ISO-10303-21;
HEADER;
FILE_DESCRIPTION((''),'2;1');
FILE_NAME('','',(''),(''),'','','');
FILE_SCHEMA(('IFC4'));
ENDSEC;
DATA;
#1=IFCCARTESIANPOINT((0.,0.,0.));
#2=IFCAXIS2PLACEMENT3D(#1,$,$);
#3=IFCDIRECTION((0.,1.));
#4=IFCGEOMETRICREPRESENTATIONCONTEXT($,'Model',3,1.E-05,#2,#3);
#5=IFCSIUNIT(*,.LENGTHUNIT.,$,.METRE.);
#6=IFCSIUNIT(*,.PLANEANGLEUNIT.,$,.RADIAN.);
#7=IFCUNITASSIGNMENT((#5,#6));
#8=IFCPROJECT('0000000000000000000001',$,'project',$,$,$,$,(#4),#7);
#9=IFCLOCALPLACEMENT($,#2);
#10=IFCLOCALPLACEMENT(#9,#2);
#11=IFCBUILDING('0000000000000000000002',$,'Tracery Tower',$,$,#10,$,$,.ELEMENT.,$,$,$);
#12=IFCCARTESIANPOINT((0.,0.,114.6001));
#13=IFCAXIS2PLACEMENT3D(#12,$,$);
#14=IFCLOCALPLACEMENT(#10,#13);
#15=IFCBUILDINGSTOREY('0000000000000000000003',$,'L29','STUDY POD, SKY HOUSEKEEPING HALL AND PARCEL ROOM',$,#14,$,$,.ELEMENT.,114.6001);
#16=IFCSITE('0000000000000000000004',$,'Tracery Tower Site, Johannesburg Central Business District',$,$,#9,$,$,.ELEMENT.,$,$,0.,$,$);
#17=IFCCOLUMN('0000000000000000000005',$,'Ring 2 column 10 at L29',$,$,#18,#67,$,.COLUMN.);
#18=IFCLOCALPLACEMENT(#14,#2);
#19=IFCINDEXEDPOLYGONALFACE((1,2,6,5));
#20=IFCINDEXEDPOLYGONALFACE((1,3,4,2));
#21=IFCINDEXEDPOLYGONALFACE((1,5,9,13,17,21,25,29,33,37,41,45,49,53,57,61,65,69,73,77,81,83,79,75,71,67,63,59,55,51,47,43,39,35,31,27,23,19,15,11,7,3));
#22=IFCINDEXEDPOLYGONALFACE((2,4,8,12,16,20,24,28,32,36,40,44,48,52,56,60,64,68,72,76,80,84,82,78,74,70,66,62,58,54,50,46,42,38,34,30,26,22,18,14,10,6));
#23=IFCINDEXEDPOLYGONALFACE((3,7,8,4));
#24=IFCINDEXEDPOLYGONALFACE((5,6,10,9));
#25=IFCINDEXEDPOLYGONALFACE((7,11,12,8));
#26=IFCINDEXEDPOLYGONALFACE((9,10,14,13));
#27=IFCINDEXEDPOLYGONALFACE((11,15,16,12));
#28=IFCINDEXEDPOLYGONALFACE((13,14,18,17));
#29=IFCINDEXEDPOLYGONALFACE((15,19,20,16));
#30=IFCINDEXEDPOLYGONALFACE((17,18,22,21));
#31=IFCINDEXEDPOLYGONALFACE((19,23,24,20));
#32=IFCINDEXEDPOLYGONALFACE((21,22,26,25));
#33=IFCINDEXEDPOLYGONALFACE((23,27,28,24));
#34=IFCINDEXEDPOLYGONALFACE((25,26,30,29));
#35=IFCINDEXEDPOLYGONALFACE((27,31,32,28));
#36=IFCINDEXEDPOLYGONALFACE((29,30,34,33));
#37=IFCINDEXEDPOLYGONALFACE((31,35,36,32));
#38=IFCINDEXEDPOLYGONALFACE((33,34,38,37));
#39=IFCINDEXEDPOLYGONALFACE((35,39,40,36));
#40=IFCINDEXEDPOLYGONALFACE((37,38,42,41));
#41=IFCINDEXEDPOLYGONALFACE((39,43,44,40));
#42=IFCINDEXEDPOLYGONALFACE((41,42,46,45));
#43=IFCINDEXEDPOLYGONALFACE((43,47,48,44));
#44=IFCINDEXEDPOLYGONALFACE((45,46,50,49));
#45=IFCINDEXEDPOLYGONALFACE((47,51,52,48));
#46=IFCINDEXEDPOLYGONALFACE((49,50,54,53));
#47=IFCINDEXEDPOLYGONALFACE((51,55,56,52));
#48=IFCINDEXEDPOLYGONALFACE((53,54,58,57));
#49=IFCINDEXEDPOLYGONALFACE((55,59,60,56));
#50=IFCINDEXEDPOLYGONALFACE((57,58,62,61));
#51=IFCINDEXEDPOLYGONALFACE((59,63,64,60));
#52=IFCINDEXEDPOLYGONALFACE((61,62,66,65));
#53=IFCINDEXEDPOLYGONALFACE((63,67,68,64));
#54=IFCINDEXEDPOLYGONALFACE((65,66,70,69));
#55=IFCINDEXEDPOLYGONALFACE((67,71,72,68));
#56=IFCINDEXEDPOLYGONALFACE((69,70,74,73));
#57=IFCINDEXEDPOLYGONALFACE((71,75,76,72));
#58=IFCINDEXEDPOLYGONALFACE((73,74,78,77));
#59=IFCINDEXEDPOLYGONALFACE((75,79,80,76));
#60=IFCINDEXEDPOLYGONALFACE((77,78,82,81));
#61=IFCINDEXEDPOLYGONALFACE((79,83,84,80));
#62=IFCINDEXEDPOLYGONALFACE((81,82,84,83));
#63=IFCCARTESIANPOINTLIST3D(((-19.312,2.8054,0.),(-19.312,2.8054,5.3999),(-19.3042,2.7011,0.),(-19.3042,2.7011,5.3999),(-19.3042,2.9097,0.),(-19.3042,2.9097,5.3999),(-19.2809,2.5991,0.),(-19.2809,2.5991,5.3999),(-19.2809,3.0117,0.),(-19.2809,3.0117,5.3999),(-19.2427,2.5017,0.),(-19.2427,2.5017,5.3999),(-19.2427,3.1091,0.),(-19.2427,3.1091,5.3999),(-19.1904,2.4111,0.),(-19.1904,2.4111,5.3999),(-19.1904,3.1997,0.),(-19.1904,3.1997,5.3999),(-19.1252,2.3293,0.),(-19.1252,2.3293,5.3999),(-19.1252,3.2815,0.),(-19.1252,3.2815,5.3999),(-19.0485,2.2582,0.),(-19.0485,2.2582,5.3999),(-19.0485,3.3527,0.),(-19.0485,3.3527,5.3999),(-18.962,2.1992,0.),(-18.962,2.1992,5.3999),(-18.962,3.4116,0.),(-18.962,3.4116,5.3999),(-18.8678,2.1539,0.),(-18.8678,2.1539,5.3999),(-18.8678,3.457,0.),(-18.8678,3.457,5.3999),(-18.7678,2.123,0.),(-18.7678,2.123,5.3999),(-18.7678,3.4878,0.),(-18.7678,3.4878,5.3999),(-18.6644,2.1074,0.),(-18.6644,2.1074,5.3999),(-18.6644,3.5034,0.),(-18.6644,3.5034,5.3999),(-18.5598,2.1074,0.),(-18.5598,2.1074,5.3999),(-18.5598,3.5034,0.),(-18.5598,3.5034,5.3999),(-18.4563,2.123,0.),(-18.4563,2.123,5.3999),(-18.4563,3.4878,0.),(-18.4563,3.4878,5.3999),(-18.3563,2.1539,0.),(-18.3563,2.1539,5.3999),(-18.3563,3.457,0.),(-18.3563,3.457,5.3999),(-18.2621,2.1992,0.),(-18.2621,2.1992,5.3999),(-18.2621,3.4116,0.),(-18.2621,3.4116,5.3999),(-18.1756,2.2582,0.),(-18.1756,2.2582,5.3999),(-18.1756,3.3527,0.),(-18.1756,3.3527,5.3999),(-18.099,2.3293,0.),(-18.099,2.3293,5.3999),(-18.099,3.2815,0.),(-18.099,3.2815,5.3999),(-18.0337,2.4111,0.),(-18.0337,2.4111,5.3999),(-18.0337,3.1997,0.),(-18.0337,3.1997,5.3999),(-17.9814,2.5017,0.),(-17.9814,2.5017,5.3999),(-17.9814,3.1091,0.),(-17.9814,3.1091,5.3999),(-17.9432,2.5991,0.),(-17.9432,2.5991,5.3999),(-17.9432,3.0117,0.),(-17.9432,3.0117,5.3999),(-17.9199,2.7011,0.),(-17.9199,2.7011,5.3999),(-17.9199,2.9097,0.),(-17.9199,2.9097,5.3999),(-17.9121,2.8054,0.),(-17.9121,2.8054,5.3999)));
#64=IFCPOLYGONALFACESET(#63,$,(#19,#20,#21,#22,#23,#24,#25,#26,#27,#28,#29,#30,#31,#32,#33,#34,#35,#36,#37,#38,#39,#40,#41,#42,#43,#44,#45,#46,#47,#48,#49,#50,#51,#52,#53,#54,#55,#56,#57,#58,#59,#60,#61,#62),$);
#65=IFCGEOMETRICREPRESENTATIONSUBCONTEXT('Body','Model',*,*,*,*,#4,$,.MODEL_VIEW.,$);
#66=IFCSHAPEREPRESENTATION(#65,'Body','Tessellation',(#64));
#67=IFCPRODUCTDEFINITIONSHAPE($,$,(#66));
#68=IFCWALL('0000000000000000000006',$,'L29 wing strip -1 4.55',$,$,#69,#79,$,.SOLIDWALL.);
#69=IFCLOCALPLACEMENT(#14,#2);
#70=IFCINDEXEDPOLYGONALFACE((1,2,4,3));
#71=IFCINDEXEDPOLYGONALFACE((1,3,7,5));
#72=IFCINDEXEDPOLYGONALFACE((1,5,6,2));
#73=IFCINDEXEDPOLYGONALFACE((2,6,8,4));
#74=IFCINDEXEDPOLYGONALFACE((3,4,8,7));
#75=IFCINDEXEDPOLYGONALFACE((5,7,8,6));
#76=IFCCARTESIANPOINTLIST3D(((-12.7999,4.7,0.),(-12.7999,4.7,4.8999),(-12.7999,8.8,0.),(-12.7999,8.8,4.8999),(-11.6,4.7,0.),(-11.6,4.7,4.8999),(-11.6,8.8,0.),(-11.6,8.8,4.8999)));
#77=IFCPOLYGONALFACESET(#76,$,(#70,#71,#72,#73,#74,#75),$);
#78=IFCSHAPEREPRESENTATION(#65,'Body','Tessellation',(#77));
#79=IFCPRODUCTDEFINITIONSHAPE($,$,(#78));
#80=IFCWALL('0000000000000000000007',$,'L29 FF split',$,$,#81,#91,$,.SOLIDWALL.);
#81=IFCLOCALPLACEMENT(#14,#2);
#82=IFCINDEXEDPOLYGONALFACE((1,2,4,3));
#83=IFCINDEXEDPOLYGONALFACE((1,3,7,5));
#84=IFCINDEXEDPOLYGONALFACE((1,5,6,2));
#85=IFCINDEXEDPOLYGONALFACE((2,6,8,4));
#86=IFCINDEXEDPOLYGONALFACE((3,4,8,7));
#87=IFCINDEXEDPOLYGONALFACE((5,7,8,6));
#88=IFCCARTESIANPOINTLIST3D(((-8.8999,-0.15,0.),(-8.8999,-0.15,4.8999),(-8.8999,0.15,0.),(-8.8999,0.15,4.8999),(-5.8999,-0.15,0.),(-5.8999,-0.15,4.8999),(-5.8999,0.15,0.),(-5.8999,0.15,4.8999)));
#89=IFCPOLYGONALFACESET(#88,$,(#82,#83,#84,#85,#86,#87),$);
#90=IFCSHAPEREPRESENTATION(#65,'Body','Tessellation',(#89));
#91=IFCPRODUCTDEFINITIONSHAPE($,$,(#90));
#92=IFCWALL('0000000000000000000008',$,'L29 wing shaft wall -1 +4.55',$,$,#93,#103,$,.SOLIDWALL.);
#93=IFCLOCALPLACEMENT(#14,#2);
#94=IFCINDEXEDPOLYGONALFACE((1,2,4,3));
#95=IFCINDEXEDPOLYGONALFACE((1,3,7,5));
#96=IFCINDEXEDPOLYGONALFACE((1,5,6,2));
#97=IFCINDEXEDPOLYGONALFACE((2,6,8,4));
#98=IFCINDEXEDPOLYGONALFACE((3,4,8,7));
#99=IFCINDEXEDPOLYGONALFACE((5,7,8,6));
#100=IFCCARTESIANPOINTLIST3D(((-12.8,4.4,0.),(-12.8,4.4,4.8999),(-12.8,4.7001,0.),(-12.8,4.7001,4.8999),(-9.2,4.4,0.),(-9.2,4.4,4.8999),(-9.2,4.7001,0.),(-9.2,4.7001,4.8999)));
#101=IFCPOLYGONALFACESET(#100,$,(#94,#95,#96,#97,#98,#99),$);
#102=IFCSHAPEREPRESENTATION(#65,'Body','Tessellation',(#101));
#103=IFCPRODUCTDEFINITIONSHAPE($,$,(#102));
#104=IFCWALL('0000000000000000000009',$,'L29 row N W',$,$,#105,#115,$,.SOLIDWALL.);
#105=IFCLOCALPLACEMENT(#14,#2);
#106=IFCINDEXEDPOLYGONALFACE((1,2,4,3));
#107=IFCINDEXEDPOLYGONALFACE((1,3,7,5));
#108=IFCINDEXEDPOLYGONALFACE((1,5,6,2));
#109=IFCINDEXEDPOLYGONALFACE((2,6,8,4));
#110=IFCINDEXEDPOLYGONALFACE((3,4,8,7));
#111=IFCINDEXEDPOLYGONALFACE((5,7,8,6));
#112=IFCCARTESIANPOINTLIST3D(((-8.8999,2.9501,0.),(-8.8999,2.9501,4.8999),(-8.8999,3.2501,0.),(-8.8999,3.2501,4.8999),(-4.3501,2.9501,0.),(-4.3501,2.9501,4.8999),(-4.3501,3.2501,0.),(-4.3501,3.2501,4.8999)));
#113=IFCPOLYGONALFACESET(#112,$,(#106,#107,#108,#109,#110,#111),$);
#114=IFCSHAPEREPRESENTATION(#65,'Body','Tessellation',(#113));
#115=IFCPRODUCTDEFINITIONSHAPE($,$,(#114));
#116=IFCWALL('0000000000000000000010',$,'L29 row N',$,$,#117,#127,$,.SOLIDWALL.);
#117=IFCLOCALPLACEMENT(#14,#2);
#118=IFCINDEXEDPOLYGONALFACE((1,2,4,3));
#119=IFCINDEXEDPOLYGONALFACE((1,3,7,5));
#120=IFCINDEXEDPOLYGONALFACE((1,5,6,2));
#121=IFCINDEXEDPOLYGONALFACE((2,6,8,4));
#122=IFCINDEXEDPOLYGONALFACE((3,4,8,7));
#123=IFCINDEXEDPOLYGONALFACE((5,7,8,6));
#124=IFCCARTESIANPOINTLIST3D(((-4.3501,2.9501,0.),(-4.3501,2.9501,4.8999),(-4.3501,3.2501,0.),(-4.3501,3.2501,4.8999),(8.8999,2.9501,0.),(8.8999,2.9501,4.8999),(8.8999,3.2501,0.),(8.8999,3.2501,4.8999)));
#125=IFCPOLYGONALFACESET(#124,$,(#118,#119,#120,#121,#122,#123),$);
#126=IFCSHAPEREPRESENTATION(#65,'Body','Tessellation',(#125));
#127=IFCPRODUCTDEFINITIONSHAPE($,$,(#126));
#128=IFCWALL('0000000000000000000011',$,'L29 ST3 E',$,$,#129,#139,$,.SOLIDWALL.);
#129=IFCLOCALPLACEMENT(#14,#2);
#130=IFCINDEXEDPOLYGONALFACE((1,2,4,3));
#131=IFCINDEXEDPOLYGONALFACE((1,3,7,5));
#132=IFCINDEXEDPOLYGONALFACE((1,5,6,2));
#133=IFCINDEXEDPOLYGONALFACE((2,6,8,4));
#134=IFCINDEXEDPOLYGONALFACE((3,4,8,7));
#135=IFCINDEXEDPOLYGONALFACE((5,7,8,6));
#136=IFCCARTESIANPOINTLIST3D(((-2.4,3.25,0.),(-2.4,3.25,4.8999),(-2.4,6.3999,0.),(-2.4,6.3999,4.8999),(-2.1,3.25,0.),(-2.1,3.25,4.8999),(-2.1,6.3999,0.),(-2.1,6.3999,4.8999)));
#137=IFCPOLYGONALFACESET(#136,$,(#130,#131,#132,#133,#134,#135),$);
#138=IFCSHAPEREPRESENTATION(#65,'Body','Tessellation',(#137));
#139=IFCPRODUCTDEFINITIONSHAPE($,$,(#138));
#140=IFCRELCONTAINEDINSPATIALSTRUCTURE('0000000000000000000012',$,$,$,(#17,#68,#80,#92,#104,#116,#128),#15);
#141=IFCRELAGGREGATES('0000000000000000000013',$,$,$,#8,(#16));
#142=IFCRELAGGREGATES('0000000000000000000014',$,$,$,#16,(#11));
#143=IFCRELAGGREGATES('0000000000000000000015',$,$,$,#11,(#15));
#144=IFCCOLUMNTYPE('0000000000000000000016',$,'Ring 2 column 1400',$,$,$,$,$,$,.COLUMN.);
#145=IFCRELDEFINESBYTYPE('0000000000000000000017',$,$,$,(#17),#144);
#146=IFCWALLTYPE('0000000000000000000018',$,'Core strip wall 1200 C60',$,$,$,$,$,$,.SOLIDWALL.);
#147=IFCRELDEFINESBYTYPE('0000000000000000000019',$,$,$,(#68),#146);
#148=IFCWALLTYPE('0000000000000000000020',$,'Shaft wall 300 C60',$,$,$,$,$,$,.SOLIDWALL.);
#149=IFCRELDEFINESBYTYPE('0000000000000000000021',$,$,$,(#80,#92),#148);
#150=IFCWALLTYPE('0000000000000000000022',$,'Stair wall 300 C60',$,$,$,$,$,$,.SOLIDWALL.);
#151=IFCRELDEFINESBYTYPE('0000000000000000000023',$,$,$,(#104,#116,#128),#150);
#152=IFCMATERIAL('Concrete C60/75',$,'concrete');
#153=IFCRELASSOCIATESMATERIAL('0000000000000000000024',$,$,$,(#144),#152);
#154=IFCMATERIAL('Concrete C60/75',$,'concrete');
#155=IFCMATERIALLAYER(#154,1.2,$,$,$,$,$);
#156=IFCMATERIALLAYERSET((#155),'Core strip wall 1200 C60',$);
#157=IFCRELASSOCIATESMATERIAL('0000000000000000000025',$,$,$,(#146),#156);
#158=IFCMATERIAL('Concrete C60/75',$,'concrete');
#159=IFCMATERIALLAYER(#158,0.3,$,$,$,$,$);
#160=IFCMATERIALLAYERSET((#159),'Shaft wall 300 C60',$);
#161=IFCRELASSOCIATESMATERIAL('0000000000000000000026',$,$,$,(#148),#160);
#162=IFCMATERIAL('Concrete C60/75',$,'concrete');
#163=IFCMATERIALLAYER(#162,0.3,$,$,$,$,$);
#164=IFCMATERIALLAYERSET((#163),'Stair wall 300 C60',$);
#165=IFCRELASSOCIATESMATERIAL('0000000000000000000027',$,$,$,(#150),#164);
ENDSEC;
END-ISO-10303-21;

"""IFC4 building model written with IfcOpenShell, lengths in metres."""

from ifc_helpers import new_model, si_unit, direction, frame, frame_2d, origin, origin_2d, place, context, subcontext, project, spatial, rectangle, circle, extrude, material, layer, layer_set, material_profile, profile_set, type_object, element, save


model = new_model("IFC4")

# Units and contexts
model_context = context("Model", 3, precision=1e-05, world=origin(), true_north=direction((0.0, 1.0)))
body_context = subcontext(model_context, "Body", "Model", "MODEL_VIEW")
ifc_project = project(units=[si_unit("LENGTHUNIT", "METRE"), si_unit("PLANEANGLEUNIT", "RADIAN")], contexts=[model_context])

# Site, building, storey
site_placement = place(None, origin())
site = spatial("IfcSite", under=ifc_project, at=site_placement, Name="Tracery Tower Site, Johannesburg Central Business District", CompositionType="ELEMENT", RefElevation=0.0)
building_placement = place(site_placement, origin())
building = spatial("IfcBuilding", under=site, at=building_placement, Name="Tracery Tower", CompositionType="ELEMENT")
storey_placement = place(building_placement, frame((0.0, 0.0, 114.6001)))
storey = spatial("IfcBuildingStorey", under=building, at=storey_placement, Name="L29", Description="STUDY POD, SKY HOUSEKEEPING HALL AND PARCEL ROOM", CompositionType="ELEMENT", Elevation=114.6001)

# Column
ifc_material_1 = material(Name="Concrete C60/75", Category="concrete")
ifc_material_profile = material_profile(ifc_material_1, circle(Radius=0.7, at=origin_2d()), Name="RC D1400")
ifc_profile_set = profile_set([ifc_material_profile], Name="Concrete C60/75")
column_type = type_object("IfcColumnType", Name="Ring 2 column 1400", PredefinedType="COLUMN", material=ifc_profile_set)
column_placement = place(storey_placement, frame((-18.6121, 2.8054, 0.0), z_axis=(0.0, 0.0, 1.0), x_axis=(1.0, 0.0, 0.0)))
element("IfcColumn", 1, at=column_placement, inside=storey, type_object=column_type, Name="Ring 2 column 10 at L29", PredefinedType="COLUMN", context=body_context, shape_type="SweptSolid", body=[
    extrude(circle(Radius=0.7, at=origin_2d()), origin(), (0.0, 0.0, 1.0), 5.3999),
])

# Walls
ifc_material_2 = material(Name="Concrete C60/75", Category="concrete")
ifc_layer_1 = layer(ifc_material_2, 1.2)
ifc_layer_set_1 = layer_set([ifc_layer_1], Name="Core strip wall 1200 C60")
wall_type_1 = type_object("IfcWallType", Name="Core strip wall 1200 C60", PredefinedType="SOLIDWALL", material=ifc_layer_set_1)
wall_1_placement = place(storey_placement, frame((-12.2, 4.7, 0.0), z_axis=(0.0, 0.0, 1.0), x_axis=(0.0, 1.0, 0.0)))
element("IfcWall", 2, at=wall_1_placement, inside=storey, type_object=wall_type_1, Name="L29 wing strip -1 4.55", PredefinedType="SOLIDWALL", context=body_context, shape_type="SweptSolid", body=[
    extrude(rectangle(XDim=4.1001, YDim=1.2, at=frame_2d((2.05, 0.0))), origin(), (0.0, 0.0, 1.0), 4.8999),
])
ifc_material_3 = material(Name="Concrete C60/75", Category="concrete")
ifc_layer_2 = layer(ifc_material_3, 0.3)
ifc_layer_set_2 = layer_set([ifc_layer_2], Name="Shaft wall 300 C60")
wall_type_2 = type_object("IfcWallType", Name="Shaft wall 300 C60", PredefinedType="SOLIDWALL", material=ifc_layer_set_2)
wall_2_placement = place(storey_placement, frame((-8.8999, 0.0, 0.0), z_axis=(0.0, 0.0, 1.0), x_axis=(1.0, 0.0, 0.0)))
element("IfcWall", 3, at=wall_2_placement, inside=storey, type_object=wall_type_2, Name="L29 FF split", PredefinedType="SOLIDWALL", context=body_context, shape_type="SweptSolid", body=[
    extrude(rectangle(XDim=3.0, YDim=0.3, at=frame_2d((1.5, 0.0))), origin(), (0.0, 0.0, 1.0), 4.8999),
])
wall_3_placement = place(storey_placement, frame((-12.8, 4.55, 0.0), z_axis=(0.0, 0.0, 1.0), x_axis=(1.0, 0.0, 0.0)))
element("IfcWall", 4, at=wall_3_placement, inside=storey, type_object=wall_type_2, Name="L29 wing shaft wall -1 +4.55", PredefinedType="SOLIDWALL", context=body_context, shape_type="SweptSolid", body=[
    extrude(rectangle(XDim=3.6001, YDim=0.3, at=frame_2d((1.8, 0.0))), origin(), (0.0, 0.0, 1.0), 4.8999),
])

# Walls
ifc_material_4 = material(Name="Concrete C60/75", Category="concrete")
ifc_layer_3 = layer(ifc_material_4, 0.3)
ifc_layer_set_3 = layer_set([ifc_layer_3], Name="Stair wall 300 C60")
wall_type_3 = type_object("IfcWallType", Name="Stair wall 300 C60", PredefinedType="SOLIDWALL", material=ifc_layer_set_3)
wall_4_placement = place(storey_placement, frame((-8.8999, 3.1001, 0.0), z_axis=(0.0, 0.0, 1.0), x_axis=(1.0, 0.0, 0.0)))
element("IfcWall", 5, at=wall_4_placement, inside=storey, type_object=wall_type_3, Name="L29 row N W", PredefinedType="SOLIDWALL", context=body_context, shape_type="SweptSolid", body=[
    extrude(rectangle(XDim=4.5498, YDim=0.3, at=frame_2d((2.2749, 0.0))), origin(), (0.0, 0.0, 1.0), 4.8999),
])
wall_5_placement = place(storey_placement, frame((-4.3501, 3.1001, 0.0), z_axis=(0.0, 0.0, 1.0), x_axis=(1.0, 0.0, 0.0)))
element("IfcWall", 6, at=wall_5_placement, inside=storey, type_object=wall_type_3, Name="L29 row N", PredefinedType="SOLIDWALL", context=body_context, shape_type="SweptSolid", body=[
    extrude(rectangle(XDim=13.25, YDim=0.3, at=frame_2d((6.625, 0.0))), origin(), (0.0, 0.0, 1.0), 4.8999),
])
wall_6_placement = place(storey_placement, frame((-2.25, 3.25, 0.0), z_axis=(0.0, 0.0, 1.0), x_axis=(0.0, 1.0, 0.0)))
element("IfcWall", 7, at=wall_6_placement, inside=storey, type_object=wall_type_3, Name="L29 ST3 E", PredefinedType="SOLIDWALL", context=body_context, shape_type="SweptSolid", body=[
    extrude(rectangle(XDim=3.1499, YDim=0.3, at=frame_2d((1.575, 0.0))), origin(), (0.0, 0.0, 1.0), 4.8999),
])

save(model, "model.ifc")
